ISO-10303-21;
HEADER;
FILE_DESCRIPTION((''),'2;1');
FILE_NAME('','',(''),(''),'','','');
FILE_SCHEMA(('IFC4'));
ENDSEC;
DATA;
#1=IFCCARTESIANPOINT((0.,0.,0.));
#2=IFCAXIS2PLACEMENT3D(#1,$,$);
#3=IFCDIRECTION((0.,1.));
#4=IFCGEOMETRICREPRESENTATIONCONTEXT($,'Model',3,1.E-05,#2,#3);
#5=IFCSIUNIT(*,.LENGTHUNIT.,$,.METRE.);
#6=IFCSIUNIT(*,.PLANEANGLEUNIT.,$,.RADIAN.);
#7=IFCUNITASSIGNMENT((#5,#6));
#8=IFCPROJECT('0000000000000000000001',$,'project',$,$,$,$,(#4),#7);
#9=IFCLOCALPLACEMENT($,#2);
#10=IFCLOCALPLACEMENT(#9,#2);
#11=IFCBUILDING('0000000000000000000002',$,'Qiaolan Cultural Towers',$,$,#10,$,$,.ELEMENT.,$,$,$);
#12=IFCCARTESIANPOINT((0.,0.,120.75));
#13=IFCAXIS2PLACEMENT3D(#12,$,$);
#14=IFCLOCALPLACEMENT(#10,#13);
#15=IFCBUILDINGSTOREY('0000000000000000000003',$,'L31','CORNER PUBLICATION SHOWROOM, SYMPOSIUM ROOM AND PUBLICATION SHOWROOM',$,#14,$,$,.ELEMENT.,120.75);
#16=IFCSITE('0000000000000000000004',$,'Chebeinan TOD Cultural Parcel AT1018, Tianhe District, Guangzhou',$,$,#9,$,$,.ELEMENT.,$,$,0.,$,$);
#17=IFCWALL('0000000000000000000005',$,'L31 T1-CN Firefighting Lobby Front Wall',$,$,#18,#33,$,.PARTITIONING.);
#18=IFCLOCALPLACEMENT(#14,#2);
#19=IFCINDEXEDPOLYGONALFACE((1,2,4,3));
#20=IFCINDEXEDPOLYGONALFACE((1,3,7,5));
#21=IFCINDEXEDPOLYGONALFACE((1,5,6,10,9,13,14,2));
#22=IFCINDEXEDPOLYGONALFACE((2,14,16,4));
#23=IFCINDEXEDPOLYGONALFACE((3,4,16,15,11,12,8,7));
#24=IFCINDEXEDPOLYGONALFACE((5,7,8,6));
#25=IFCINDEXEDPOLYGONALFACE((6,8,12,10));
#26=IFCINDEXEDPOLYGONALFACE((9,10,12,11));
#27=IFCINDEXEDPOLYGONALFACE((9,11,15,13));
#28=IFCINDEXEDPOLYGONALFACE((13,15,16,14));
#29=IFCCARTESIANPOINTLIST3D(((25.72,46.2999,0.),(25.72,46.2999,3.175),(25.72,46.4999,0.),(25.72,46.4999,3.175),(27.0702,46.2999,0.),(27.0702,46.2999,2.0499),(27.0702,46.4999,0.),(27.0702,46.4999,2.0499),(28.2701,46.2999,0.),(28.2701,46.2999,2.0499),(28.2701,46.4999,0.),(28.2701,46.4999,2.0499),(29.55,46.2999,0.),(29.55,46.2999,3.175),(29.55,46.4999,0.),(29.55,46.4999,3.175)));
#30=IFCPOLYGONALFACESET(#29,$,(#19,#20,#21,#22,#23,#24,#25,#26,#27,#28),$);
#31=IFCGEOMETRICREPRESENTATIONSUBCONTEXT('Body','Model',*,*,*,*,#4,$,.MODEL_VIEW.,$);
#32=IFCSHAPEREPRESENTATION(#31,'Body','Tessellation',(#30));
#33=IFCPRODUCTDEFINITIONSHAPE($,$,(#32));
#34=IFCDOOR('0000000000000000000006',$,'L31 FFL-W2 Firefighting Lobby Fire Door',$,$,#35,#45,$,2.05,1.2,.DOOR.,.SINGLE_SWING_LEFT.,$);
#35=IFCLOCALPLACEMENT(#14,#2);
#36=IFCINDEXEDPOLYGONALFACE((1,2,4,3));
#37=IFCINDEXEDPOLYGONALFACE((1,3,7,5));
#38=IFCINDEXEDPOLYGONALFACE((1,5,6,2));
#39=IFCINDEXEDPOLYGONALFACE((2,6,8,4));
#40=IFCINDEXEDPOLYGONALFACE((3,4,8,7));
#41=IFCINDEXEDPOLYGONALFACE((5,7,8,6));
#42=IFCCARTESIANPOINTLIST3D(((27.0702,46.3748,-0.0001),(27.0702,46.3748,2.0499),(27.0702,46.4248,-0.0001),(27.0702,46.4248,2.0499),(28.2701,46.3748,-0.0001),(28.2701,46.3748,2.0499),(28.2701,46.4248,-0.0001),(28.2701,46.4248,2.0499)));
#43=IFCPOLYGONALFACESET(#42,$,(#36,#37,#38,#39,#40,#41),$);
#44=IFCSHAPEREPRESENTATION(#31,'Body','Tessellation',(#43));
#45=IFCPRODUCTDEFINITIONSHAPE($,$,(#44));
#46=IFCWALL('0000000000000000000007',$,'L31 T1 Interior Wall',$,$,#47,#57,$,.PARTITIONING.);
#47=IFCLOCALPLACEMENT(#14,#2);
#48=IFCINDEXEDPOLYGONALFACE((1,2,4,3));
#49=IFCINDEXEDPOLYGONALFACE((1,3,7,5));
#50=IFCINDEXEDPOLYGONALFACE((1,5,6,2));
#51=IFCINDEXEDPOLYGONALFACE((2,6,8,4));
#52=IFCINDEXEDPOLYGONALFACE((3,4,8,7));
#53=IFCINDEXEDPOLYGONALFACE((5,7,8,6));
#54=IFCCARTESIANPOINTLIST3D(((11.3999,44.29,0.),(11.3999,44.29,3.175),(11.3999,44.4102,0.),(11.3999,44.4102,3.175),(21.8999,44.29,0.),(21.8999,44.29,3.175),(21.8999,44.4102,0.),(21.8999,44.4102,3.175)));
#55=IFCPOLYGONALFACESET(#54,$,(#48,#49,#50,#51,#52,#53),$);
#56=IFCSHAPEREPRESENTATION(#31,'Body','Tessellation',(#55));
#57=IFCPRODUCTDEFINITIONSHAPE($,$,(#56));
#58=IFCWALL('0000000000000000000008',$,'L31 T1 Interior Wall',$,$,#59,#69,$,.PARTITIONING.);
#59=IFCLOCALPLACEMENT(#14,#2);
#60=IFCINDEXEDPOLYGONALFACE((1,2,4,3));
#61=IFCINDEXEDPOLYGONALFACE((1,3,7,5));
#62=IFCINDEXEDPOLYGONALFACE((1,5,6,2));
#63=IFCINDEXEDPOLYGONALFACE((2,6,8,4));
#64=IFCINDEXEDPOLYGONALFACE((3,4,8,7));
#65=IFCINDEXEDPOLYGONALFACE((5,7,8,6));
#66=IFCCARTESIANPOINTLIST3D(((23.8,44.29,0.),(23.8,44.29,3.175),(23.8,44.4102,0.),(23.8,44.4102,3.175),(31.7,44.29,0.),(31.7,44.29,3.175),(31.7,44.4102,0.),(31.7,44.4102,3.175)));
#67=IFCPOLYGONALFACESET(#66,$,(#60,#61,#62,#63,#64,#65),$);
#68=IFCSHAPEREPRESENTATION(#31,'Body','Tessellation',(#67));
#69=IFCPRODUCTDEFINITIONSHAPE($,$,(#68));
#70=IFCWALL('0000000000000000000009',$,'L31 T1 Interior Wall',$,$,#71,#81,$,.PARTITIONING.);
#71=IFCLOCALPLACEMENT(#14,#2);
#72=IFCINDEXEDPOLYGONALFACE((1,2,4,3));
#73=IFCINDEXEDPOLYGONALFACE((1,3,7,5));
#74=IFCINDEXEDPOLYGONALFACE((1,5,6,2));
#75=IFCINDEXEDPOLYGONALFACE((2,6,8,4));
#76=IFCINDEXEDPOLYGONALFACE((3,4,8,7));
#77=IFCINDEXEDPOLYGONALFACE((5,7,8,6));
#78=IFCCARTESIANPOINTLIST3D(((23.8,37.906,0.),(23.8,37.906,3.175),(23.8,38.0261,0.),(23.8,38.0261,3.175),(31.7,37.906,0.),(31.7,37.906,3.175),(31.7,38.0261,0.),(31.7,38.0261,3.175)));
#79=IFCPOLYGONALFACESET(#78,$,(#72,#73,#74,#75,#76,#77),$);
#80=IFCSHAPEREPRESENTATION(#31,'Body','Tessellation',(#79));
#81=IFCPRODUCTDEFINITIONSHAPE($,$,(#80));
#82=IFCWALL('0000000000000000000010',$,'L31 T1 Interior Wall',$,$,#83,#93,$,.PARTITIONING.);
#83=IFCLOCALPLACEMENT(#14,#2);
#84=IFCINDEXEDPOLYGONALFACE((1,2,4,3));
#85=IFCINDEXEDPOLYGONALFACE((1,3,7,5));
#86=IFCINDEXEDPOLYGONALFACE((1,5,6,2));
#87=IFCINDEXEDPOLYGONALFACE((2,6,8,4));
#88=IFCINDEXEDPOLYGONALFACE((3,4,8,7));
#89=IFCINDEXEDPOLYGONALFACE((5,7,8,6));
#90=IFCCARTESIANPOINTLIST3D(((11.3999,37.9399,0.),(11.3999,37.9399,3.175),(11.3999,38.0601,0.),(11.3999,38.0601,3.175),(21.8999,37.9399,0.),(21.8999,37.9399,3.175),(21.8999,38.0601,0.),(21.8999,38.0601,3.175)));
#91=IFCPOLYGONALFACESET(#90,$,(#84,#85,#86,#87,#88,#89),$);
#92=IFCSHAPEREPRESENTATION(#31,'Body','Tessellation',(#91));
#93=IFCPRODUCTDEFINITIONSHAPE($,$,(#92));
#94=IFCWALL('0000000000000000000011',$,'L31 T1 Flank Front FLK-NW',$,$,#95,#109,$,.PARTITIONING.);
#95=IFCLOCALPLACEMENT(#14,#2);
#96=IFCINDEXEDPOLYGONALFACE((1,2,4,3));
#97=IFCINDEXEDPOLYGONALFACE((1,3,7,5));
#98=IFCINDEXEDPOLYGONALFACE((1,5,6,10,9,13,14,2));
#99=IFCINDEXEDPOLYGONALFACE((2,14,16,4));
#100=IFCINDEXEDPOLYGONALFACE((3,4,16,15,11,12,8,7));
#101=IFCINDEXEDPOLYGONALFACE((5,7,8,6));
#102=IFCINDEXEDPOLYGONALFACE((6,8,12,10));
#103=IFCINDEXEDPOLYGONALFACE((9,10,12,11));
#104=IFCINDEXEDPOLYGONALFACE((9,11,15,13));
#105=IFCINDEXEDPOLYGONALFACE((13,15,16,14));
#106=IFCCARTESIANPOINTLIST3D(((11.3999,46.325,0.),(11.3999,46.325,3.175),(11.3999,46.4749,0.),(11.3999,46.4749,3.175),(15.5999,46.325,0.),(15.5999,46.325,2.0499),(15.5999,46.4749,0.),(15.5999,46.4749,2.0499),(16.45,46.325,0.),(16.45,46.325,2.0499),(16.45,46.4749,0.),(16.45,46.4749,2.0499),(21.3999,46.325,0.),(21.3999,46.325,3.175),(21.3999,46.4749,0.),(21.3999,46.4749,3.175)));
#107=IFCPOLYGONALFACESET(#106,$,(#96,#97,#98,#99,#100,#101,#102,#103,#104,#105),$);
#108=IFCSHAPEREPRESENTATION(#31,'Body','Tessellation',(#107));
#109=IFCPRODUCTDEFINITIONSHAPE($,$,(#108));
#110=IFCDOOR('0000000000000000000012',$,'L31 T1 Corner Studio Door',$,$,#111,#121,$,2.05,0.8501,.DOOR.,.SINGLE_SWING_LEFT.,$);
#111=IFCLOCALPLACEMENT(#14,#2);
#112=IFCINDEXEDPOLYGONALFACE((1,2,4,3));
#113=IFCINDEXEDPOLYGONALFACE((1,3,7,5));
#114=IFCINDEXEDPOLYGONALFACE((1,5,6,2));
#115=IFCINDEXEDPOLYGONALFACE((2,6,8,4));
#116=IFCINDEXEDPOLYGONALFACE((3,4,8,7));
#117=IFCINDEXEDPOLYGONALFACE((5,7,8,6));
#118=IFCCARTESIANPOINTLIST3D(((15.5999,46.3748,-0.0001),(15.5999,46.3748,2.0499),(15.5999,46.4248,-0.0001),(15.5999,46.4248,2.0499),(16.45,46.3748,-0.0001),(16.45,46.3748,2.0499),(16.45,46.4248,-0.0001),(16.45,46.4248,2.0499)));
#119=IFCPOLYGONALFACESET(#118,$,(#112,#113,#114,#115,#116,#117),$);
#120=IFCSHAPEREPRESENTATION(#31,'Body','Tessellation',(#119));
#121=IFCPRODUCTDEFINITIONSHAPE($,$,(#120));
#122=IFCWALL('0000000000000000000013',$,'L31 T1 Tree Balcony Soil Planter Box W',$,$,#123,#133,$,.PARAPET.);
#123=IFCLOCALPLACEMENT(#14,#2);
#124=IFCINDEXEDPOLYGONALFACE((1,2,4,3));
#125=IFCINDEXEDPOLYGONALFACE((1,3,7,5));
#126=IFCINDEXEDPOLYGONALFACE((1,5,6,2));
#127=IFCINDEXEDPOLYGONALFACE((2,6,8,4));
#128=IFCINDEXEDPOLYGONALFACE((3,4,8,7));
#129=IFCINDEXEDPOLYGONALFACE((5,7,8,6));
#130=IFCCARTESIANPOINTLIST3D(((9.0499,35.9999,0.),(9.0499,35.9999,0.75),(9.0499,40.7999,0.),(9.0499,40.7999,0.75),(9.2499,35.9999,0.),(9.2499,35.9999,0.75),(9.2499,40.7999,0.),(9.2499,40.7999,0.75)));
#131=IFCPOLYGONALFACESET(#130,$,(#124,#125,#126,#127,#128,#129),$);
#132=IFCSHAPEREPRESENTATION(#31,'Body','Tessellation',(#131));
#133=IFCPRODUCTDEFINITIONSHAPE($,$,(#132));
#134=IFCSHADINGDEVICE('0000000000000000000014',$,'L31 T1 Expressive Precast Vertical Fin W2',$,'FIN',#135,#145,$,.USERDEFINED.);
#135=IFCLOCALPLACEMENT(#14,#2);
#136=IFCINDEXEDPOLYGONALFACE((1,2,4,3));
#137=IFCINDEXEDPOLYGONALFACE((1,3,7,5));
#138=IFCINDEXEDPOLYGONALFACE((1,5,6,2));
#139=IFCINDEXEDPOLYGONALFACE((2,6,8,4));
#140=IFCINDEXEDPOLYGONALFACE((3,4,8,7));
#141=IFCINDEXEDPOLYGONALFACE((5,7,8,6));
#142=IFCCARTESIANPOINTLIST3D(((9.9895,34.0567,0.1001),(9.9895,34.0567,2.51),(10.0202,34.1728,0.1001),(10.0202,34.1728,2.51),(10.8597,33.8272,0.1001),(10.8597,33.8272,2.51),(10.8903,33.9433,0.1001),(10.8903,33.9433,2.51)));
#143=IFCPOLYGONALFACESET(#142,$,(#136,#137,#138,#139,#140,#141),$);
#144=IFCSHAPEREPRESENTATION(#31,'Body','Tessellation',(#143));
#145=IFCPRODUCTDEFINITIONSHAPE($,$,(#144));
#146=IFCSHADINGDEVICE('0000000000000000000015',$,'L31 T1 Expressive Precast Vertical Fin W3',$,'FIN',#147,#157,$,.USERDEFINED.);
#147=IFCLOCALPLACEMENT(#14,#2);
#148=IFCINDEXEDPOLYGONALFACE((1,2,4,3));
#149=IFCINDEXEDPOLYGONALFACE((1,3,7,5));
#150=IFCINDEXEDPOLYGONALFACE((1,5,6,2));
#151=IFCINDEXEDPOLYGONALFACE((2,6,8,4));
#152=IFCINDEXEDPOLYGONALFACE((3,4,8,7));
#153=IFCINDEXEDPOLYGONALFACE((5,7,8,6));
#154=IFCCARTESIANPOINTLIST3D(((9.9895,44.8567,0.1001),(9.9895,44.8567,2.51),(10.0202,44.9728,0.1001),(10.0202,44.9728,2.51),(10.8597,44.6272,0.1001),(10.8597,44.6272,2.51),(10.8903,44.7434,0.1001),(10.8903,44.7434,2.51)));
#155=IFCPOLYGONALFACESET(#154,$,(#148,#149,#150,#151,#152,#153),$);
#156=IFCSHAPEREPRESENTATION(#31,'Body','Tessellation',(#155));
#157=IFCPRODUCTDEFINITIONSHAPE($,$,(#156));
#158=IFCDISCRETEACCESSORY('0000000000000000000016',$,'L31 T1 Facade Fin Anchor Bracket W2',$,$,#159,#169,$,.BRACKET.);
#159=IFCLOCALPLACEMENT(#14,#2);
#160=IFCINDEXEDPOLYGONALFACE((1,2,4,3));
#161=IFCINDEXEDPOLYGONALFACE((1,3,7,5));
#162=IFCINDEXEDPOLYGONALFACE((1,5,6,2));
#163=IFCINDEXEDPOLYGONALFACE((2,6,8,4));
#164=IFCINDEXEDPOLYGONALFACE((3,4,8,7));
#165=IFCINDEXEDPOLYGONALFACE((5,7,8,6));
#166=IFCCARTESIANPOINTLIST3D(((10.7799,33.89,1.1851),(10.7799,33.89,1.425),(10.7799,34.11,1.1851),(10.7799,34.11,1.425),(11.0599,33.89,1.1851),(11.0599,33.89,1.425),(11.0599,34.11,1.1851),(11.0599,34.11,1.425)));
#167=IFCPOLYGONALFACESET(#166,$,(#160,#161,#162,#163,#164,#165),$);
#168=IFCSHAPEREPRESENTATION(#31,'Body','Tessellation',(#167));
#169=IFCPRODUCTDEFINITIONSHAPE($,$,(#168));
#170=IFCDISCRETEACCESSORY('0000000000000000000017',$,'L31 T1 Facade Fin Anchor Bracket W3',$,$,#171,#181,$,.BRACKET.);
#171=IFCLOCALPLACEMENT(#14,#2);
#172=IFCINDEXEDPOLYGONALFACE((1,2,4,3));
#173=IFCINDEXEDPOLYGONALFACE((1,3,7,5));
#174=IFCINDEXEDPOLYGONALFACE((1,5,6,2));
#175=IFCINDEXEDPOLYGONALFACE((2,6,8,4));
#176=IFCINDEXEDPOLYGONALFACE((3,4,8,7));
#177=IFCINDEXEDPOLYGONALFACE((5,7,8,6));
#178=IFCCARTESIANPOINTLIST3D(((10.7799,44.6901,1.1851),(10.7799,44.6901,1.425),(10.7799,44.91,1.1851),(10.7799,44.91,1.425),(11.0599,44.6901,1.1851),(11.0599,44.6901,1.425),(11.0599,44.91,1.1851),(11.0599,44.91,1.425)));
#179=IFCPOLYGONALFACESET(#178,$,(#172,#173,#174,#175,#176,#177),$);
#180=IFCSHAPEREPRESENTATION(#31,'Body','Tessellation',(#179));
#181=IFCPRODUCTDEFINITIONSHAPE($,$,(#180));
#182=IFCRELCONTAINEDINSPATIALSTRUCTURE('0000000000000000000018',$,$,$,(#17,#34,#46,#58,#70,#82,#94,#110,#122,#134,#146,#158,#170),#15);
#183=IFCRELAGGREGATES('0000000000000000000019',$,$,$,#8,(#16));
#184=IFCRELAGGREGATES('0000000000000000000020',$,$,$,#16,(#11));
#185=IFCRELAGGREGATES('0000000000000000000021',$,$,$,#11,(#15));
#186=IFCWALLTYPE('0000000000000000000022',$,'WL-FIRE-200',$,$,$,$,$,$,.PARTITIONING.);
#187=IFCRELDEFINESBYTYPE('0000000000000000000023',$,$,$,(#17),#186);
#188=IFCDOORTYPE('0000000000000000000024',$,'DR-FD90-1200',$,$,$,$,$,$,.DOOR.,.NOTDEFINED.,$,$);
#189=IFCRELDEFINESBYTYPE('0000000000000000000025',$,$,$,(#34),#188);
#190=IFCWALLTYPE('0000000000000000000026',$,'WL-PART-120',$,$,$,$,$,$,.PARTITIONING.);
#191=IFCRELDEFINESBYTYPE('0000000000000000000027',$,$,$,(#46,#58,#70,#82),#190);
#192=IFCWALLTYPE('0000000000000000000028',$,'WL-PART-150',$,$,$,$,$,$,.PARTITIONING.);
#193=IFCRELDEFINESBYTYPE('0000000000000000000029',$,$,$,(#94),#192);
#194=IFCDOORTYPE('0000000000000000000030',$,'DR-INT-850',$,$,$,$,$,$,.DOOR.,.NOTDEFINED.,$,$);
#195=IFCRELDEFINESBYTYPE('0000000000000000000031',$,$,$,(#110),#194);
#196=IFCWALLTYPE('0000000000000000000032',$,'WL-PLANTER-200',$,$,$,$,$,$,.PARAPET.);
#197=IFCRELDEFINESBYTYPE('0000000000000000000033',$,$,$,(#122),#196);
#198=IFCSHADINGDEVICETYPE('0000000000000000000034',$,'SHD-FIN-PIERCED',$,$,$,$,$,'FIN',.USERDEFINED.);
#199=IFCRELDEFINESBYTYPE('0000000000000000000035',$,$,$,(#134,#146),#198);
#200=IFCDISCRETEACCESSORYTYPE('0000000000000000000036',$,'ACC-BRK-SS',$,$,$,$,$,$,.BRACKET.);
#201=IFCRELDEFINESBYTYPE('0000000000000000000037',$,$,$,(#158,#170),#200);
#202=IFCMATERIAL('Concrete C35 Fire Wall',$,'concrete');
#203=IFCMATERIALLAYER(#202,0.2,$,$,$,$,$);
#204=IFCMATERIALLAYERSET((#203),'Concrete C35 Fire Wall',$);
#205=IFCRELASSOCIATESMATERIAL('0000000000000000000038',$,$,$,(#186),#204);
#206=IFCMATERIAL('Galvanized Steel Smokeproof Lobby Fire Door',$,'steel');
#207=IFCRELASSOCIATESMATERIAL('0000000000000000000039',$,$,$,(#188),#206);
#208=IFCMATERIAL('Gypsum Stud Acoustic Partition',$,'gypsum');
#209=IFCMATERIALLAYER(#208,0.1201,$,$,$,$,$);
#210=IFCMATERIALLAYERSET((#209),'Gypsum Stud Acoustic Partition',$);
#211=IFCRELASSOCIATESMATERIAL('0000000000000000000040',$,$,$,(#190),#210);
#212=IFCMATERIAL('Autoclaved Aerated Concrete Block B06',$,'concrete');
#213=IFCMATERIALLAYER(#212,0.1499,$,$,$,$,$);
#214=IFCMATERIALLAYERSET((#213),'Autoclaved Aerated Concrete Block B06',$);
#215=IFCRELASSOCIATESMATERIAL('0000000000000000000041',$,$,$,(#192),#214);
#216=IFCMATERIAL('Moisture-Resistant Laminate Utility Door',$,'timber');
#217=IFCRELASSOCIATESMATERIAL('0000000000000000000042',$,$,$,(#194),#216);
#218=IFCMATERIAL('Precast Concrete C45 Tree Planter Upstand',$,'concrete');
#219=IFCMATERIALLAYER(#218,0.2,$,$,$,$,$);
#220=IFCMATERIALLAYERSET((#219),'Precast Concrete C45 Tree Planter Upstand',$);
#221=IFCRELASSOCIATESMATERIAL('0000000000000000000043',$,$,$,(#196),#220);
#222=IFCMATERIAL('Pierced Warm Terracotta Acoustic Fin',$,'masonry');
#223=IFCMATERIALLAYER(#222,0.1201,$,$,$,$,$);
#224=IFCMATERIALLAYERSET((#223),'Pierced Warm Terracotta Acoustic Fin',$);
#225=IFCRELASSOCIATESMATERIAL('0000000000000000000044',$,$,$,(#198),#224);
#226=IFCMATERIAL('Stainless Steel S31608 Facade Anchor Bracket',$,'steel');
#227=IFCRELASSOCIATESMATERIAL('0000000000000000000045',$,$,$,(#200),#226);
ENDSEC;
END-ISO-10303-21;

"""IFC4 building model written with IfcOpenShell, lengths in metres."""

from ifc_helpers import new_model, si_unit, direction, frame, frame_2d, origin, origin_2d, place, context, subcontext, project, spatial, rectangle, extrude, material, layer, layer_set, type_object, element, fill, save


model = new_model("IFC4")

# Units and contexts
model_context = context("Model", 3, precision=1e-05, world=origin(), true_north=direction((0.0, 1.0)))
body_context = subcontext(model_context, "Body", "Model", "MODEL_VIEW")
ifc_project = project(units=[si_unit("LENGTHUNIT", "METRE"), si_unit("PLANEANGLEUNIT", "RADIAN")], contexts=[model_context])

# Site, building, storey
site_placement = place(None, origin())
site = spatial("IfcSite", under=ifc_project, at=site_placement, Name="Chebeinan TOD Cultural Parcel AT1018, Tianhe District, Guangzhou", CompositionType="ELEMENT", RefElevation=0.0)
building_placement = place(site_placement, origin())
building = spatial("IfcBuilding", under=site, at=building_placement, Name="Qiaolan Cultural Towers", CompositionType="ELEMENT")
storey_placement = place(building_placement, frame((0.0, 0.0, 120.75)))
storey = spatial("IfcBuildingStorey", under=building, at=storey_placement, Name="L31", Description="CORNER PUBLICATION SHOWROOM, SYMPOSIUM ROOM AND PUBLICATION SHOWROOM", CompositionType="ELEMENT", Elevation=120.75)

# Wall, opening, door
ifc_material_1 = material(Name="Concrete C35 Fire Wall", Category="concrete")
ifc_layer_1 = layer(ifc_material_1, 0.2)
ifc_layer_set_1 = layer_set([ifc_layer_1], Name="Concrete C35 Fire Wall")
wall_type_1 = type_object("IfcWallType", Name="WL-FIRE-200", PredefinedType="PARTITIONING", material=ifc_layer_set_1)
wall_1_placement = place(storey_placement, frame((25.72, 46.3999, 0.0), z_axis=(0.0, 0.0, 1.0), x_axis=(1.0, 0.0, 0.0)))
wall_1 = element("IfcWall", 1, at=wall_1_placement, inside=storey, type_object=wall_type_1, Name="L31 T1-CN Firefighting Lobby Front Wall", PredefinedType="PARTITIONING", context=body_context, shape_type="SweptSolid", body=[
    extrude(rectangle(XDim=3.8301, YDim=0.2, at=frame_2d((1.915, 0.0))), origin(), (0.0, 0.0, 1.0), 3.175),
])
opening_1_placement = place(wall_1_placement, frame((1.3501, 0.0, 0.0)))
opening_1 = element("IfcOpeningElement", 2, at=opening_1_placement, cuts=wall_1, PredefinedType="OPENING", context=body_context, shape_type="SweptSolid", body=[
    extrude(rectangle(XDim=1.2, YDim=2.05, at=frame_2d((0.6001, 1.0249))), frame((0.0, 0.1099, 0.0), z_axis=(0.0, -1.0, 0.0), x_axis=(1.0, 0.0, 0.0)), (0.0, 0.0, 1.0), 0.22),
])
ifc_material_2 = material(Name="Galvanized Steel Smokeproof Lobby Fire Door", Category="steel")
door_type_1 = type_object("IfcDoorType", Name="DR-FD90-1200", OperationType="NOTDEFINED", PredefinedType="DOOR", material=ifc_material_2)
door_1_placement = place(opening_1_placement, origin())
door_1 = element("IfcDoor", 3, at=door_1_placement, inside=storey, type_object=door_type_1, Name="L31 FFL-W2 Firefighting Lobby Fire Door", OperationType="SINGLE_SWING_LEFT", OverallHeight=2.05, OverallWidth=1.2, PredefinedType="DOOR", context=body_context, shape_type="SweptSolid", body=[
    extrude(rectangle(XDim=1.2, YDim=2.05, at=frame_2d((0.6001, 1.0249))), frame((0.0, 0.0249, 0.0), z_axis=(0.0, -1.0, 0.0), x_axis=(1.0, 0.0, 0.0)), (0.0, 0.0, 1.0), 0.05),
])
fill(opening_1, door_1)

# Walls
ifc_material_3 = material(Name="Gypsum Stud Acoustic Partition", Category="gypsum")
ifc_layer_2 = layer(ifc_material_3, 0.1201)
ifc_layer_set_2 = layer_set([ifc_layer_2], Name="Gypsum Stud Acoustic Partition")
wall_type_2 = type_object("IfcWallType", Name="WL-PART-120", PredefinedType="PARTITIONING", material=ifc_layer_set_2)
wall_2_placement = place(storey_placement, frame((11.3999, 44.3501, 0.0), z_axis=(0.0, 0.0, 1.0), x_axis=(1.0, 0.0, 0.0)))
element("IfcWall", 4, at=wall_2_placement, inside=storey, type_object=wall_type_2, Name="L31 T1 Interior Wall", PredefinedType="PARTITIONING", context=body_context, shape_type="SweptSolid", body=[
    extrude(rectangle(XDim=10.5, YDim=0.1201, at=frame_2d((5.25, 0.0))), origin(), (0.0, 0.0, 1.0), 3.175),
])
for number, where, z_axis, x_axis, name in (
    (5, (23.8, 44.3501, 0.0), (0.0, 0.0, 1.0), (1.0, 0.0, 0.0), "L31 T1 Interior Wall"),
    (6, (23.8, 37.9661, 0.0), (0.0, 0.0, 1.0), (1.0, 0.0, 0.0), "L31 T1 Interior Wall"),
):
    element("IfcWall", number, at=place(storey_placement, frame(where, z_axis=z_axis, x_axis=x_axis)), inside=storey, type_object=wall_type_2, Name=name, PredefinedType="PARTITIONING", context=body_context, shape_type="SweptSolid", body=[
        extrude(rectangle(XDim=7.8999, YDim=0.1201, at=frame_2d((3.95, 0.0))), origin(), (0.0, 0.0, 1.0), 3.175),
    ])
wall_3_placement = place(storey_placement, frame((11.3999, 38.0, 0.0), z_axis=(0.0, 0.0, 1.0), x_axis=(1.0, 0.0, 0.0)))
element("IfcWall", 7, at=wall_3_placement, inside=storey, type_object=wall_type_2, Name="L31 T1 Interior Wall", PredefinedType="PARTITIONING", context=body_context, shape_type="SweptSolid", body=[
    extrude(rectangle(XDim=10.5, YDim=0.1201, at=frame_2d((5.25, 0.0))), origin(), (0.0, 0.0, 1.0), 3.175),
])

# Wall, opening, door
ifc_material_4 = material(Name="Autoclaved Aerated Concrete Block B06", Category="concrete")
ifc_layer_3 = layer(ifc_material_4, 0.1499)
ifc_layer_set_3 = layer_set([ifc_layer_3], Name="Autoclaved Aerated Concrete Block B06")
wall_type_3 = type_object("IfcWallType", Name="WL-PART-150", PredefinedType="PARTITIONING", material=ifc_layer_set_3)
wall_4_placement = place(storey_placement, frame((11.3999, 46.3999, 0.0), z_axis=(0.0, 0.0, 1.0), x_axis=(1.0, 0.0, 0.0)))
wall_4 = element("IfcWall", 8, at=wall_4_placement, inside=storey, type_object=wall_type_3, Name="L31 T1 Flank Front FLK-NW", PredefinedType="PARTITIONING", context=body_context, shape_type="SweptSolid", body=[
    extrude(rectangle(XDim=10.0, YDim=0.1499, at=frame_2d((5.0, 0.0))), origin(), (0.0, 0.0, 1.0), 3.175),
])
opening_2_placement = place(wall_4_placement, frame((4.2, 0.0, 0.0)))
opening_2 = element("IfcOpeningElement", 9, at=opening_2_placement, cuts=wall_4, PredefinedType="OPENING", context=body_context, shape_type="SweptSolid", body=[
    extrude(rectangle(XDim=0.8501, YDim=2.05, at=frame_2d((0.425, 1.0249))), frame((0.0, 0.085, 0.0), z_axis=(0.0, -1.0, 0.0), x_axis=(1.0, 0.0, 0.0)), (0.0, 0.0, 1.0), 0.1699),
])
ifc_material_5 = material(Name="Moisture-Resistant Laminate Utility Door", Category="timber")
door_type_2 = type_object("IfcDoorType", Name="DR-INT-850", OperationType="NOTDEFINED", PredefinedType="DOOR", material=ifc_material_5)
door_2_placement = place(opening_2_placement, origin())
door_2 = element("IfcDoor", 10, at=door_2_placement, inside=storey, type_object=door_type_2, Name="L31 T1 Corner Studio Door", OperationType="SINGLE_SWING_LEFT", OverallHeight=2.05, OverallWidth=0.8501, PredefinedType="DOOR", context=body_context, shape_type="SweptSolid", body=[
    extrude(rectangle(XDim=0.8501, YDim=2.05, at=frame_2d((0.425, 1.0249))), frame((0.0, 0.0249, 0.0), z_axis=(0.0, -1.0, 0.0), x_axis=(1.0, 0.0, 0.0)), (0.0, 0.0, 1.0), 0.05),
])
fill(opening_2, door_2)

# Wall
ifc_material_6 = material(Name="Precast Concrete C45 Tree Planter Upstand", Category="concrete")
ifc_layer_4 = layer(ifc_material_6, 0.2)
ifc_layer_set_4 = layer_set([ifc_layer_4], Name="Precast Concrete C45 Tree Planter Upstand")
wall_type_4 = type_object("IfcWallType", Name="WL-PLANTER-200", PredefinedType="PARAPET", material=ifc_layer_set_4)
wall_5_placement = place(storey_placement, frame((9.1499, 36.0, 0.0), z_axis=(0.0, 0.0, 1.0), x_axis=(0.0, 1.0, 0.0)))
element("IfcWall", 11, at=wall_5_placement, inside=storey, type_object=wall_type_4, Name="L31 T1 Tree Balcony Soil Planter Box W", PredefinedType="PARAPET", context=body_context, shape_type="SweptSolid", body=[
    extrude(rectangle(XDim=4.8, YDim=0.2, at=frame_2d((2.3999, 0.0))), origin(), (0.0, 0.0, 1.0), 0.75),
])

# Shading devices
ifc_material_7 = material(Name="Pierced Warm Terracotta Acoustic Fin", Category="masonry")
ifc_layer_5 = layer(ifc_material_7, 0.1201)
ifc_layer_set_5 = layer_set([ifc_layer_5], Name="Pierced Warm Terracotta Acoustic Fin")
shading_device_type = type_object("IfcShadingDeviceType", Name="SHD-FIN-PIERCED", ElementType="FIN", PredefinedType="USERDEFINED", material=ifc_layer_set_5)
for number, where, z_axis, x_axis, name in (
    (12, (10.4399, 34.0, 0.1001), (0.0, 0.0, 1.0), (0.966948, -0.254975, 0.0), "L31 T1 Expressive Precast Vertical Fin W2"),
    (13, (10.4399, 44.8, 0.1001), (0.0, 0.0, 1.0), (0.966948, -0.254975, 0.0), "L31 T1 Expressive Precast Vertical Fin W3"),
):
    element("IfcShadingDevice", number, at=place(storey_placement, frame(where, z_axis=z_axis, x_axis=x_axis)), inside=storey, type_object=shading_device_type, Name=name, ObjectType="FIN", PredefinedType="USERDEFINED", context=body_context, shape_type="SweptSolid", body=[
        extrude(rectangle(XDim=0.8999, YDim=0.1201, at=origin_2d()), origin(), (0.0, 0.0, 1.0), 2.4099),
    ])

# Discrete accessories
ifc_material_8 = material(Name="Stainless Steel S31608 Facade Anchor Bracket", Category="steel")
discrete_accessory_type = type_object("IfcDiscreteAccessoryType", Name="ACC-BRK-SS", PredefinedType="BRACKET", material=ifc_material_8)
for number, where, z_axis, x_axis, name in (
    (14, (10.9199, 34.0, 1.1851), (0.0, 0.0, 1.0), (1.0, 0.0, 0.0), "L31 T1 Facade Fin Anchor Bracket W2"),
    (15, (10.9199, 44.8, 1.1851), (0.0, 0.0, 1.0), (1.0, 0.0, 0.0), "L31 T1 Facade Fin Anchor Bracket W3"),
):
    element("IfcDiscreteAccessory", number, at=place(storey_placement, frame(where, z_axis=z_axis, x_axis=x_axis)), inside=storey, type_object=discrete_accessory_type, Name=name, PredefinedType="BRACKET", context=body_context, shape_type="SweptSolid", body=[
        extrude(rectangle(XDim=0.28, YDim=0.22, at=origin_2d()), origin(), (0.0, 0.0, 1.0), 0.24),
    ])

save(model, "model.ifc")
